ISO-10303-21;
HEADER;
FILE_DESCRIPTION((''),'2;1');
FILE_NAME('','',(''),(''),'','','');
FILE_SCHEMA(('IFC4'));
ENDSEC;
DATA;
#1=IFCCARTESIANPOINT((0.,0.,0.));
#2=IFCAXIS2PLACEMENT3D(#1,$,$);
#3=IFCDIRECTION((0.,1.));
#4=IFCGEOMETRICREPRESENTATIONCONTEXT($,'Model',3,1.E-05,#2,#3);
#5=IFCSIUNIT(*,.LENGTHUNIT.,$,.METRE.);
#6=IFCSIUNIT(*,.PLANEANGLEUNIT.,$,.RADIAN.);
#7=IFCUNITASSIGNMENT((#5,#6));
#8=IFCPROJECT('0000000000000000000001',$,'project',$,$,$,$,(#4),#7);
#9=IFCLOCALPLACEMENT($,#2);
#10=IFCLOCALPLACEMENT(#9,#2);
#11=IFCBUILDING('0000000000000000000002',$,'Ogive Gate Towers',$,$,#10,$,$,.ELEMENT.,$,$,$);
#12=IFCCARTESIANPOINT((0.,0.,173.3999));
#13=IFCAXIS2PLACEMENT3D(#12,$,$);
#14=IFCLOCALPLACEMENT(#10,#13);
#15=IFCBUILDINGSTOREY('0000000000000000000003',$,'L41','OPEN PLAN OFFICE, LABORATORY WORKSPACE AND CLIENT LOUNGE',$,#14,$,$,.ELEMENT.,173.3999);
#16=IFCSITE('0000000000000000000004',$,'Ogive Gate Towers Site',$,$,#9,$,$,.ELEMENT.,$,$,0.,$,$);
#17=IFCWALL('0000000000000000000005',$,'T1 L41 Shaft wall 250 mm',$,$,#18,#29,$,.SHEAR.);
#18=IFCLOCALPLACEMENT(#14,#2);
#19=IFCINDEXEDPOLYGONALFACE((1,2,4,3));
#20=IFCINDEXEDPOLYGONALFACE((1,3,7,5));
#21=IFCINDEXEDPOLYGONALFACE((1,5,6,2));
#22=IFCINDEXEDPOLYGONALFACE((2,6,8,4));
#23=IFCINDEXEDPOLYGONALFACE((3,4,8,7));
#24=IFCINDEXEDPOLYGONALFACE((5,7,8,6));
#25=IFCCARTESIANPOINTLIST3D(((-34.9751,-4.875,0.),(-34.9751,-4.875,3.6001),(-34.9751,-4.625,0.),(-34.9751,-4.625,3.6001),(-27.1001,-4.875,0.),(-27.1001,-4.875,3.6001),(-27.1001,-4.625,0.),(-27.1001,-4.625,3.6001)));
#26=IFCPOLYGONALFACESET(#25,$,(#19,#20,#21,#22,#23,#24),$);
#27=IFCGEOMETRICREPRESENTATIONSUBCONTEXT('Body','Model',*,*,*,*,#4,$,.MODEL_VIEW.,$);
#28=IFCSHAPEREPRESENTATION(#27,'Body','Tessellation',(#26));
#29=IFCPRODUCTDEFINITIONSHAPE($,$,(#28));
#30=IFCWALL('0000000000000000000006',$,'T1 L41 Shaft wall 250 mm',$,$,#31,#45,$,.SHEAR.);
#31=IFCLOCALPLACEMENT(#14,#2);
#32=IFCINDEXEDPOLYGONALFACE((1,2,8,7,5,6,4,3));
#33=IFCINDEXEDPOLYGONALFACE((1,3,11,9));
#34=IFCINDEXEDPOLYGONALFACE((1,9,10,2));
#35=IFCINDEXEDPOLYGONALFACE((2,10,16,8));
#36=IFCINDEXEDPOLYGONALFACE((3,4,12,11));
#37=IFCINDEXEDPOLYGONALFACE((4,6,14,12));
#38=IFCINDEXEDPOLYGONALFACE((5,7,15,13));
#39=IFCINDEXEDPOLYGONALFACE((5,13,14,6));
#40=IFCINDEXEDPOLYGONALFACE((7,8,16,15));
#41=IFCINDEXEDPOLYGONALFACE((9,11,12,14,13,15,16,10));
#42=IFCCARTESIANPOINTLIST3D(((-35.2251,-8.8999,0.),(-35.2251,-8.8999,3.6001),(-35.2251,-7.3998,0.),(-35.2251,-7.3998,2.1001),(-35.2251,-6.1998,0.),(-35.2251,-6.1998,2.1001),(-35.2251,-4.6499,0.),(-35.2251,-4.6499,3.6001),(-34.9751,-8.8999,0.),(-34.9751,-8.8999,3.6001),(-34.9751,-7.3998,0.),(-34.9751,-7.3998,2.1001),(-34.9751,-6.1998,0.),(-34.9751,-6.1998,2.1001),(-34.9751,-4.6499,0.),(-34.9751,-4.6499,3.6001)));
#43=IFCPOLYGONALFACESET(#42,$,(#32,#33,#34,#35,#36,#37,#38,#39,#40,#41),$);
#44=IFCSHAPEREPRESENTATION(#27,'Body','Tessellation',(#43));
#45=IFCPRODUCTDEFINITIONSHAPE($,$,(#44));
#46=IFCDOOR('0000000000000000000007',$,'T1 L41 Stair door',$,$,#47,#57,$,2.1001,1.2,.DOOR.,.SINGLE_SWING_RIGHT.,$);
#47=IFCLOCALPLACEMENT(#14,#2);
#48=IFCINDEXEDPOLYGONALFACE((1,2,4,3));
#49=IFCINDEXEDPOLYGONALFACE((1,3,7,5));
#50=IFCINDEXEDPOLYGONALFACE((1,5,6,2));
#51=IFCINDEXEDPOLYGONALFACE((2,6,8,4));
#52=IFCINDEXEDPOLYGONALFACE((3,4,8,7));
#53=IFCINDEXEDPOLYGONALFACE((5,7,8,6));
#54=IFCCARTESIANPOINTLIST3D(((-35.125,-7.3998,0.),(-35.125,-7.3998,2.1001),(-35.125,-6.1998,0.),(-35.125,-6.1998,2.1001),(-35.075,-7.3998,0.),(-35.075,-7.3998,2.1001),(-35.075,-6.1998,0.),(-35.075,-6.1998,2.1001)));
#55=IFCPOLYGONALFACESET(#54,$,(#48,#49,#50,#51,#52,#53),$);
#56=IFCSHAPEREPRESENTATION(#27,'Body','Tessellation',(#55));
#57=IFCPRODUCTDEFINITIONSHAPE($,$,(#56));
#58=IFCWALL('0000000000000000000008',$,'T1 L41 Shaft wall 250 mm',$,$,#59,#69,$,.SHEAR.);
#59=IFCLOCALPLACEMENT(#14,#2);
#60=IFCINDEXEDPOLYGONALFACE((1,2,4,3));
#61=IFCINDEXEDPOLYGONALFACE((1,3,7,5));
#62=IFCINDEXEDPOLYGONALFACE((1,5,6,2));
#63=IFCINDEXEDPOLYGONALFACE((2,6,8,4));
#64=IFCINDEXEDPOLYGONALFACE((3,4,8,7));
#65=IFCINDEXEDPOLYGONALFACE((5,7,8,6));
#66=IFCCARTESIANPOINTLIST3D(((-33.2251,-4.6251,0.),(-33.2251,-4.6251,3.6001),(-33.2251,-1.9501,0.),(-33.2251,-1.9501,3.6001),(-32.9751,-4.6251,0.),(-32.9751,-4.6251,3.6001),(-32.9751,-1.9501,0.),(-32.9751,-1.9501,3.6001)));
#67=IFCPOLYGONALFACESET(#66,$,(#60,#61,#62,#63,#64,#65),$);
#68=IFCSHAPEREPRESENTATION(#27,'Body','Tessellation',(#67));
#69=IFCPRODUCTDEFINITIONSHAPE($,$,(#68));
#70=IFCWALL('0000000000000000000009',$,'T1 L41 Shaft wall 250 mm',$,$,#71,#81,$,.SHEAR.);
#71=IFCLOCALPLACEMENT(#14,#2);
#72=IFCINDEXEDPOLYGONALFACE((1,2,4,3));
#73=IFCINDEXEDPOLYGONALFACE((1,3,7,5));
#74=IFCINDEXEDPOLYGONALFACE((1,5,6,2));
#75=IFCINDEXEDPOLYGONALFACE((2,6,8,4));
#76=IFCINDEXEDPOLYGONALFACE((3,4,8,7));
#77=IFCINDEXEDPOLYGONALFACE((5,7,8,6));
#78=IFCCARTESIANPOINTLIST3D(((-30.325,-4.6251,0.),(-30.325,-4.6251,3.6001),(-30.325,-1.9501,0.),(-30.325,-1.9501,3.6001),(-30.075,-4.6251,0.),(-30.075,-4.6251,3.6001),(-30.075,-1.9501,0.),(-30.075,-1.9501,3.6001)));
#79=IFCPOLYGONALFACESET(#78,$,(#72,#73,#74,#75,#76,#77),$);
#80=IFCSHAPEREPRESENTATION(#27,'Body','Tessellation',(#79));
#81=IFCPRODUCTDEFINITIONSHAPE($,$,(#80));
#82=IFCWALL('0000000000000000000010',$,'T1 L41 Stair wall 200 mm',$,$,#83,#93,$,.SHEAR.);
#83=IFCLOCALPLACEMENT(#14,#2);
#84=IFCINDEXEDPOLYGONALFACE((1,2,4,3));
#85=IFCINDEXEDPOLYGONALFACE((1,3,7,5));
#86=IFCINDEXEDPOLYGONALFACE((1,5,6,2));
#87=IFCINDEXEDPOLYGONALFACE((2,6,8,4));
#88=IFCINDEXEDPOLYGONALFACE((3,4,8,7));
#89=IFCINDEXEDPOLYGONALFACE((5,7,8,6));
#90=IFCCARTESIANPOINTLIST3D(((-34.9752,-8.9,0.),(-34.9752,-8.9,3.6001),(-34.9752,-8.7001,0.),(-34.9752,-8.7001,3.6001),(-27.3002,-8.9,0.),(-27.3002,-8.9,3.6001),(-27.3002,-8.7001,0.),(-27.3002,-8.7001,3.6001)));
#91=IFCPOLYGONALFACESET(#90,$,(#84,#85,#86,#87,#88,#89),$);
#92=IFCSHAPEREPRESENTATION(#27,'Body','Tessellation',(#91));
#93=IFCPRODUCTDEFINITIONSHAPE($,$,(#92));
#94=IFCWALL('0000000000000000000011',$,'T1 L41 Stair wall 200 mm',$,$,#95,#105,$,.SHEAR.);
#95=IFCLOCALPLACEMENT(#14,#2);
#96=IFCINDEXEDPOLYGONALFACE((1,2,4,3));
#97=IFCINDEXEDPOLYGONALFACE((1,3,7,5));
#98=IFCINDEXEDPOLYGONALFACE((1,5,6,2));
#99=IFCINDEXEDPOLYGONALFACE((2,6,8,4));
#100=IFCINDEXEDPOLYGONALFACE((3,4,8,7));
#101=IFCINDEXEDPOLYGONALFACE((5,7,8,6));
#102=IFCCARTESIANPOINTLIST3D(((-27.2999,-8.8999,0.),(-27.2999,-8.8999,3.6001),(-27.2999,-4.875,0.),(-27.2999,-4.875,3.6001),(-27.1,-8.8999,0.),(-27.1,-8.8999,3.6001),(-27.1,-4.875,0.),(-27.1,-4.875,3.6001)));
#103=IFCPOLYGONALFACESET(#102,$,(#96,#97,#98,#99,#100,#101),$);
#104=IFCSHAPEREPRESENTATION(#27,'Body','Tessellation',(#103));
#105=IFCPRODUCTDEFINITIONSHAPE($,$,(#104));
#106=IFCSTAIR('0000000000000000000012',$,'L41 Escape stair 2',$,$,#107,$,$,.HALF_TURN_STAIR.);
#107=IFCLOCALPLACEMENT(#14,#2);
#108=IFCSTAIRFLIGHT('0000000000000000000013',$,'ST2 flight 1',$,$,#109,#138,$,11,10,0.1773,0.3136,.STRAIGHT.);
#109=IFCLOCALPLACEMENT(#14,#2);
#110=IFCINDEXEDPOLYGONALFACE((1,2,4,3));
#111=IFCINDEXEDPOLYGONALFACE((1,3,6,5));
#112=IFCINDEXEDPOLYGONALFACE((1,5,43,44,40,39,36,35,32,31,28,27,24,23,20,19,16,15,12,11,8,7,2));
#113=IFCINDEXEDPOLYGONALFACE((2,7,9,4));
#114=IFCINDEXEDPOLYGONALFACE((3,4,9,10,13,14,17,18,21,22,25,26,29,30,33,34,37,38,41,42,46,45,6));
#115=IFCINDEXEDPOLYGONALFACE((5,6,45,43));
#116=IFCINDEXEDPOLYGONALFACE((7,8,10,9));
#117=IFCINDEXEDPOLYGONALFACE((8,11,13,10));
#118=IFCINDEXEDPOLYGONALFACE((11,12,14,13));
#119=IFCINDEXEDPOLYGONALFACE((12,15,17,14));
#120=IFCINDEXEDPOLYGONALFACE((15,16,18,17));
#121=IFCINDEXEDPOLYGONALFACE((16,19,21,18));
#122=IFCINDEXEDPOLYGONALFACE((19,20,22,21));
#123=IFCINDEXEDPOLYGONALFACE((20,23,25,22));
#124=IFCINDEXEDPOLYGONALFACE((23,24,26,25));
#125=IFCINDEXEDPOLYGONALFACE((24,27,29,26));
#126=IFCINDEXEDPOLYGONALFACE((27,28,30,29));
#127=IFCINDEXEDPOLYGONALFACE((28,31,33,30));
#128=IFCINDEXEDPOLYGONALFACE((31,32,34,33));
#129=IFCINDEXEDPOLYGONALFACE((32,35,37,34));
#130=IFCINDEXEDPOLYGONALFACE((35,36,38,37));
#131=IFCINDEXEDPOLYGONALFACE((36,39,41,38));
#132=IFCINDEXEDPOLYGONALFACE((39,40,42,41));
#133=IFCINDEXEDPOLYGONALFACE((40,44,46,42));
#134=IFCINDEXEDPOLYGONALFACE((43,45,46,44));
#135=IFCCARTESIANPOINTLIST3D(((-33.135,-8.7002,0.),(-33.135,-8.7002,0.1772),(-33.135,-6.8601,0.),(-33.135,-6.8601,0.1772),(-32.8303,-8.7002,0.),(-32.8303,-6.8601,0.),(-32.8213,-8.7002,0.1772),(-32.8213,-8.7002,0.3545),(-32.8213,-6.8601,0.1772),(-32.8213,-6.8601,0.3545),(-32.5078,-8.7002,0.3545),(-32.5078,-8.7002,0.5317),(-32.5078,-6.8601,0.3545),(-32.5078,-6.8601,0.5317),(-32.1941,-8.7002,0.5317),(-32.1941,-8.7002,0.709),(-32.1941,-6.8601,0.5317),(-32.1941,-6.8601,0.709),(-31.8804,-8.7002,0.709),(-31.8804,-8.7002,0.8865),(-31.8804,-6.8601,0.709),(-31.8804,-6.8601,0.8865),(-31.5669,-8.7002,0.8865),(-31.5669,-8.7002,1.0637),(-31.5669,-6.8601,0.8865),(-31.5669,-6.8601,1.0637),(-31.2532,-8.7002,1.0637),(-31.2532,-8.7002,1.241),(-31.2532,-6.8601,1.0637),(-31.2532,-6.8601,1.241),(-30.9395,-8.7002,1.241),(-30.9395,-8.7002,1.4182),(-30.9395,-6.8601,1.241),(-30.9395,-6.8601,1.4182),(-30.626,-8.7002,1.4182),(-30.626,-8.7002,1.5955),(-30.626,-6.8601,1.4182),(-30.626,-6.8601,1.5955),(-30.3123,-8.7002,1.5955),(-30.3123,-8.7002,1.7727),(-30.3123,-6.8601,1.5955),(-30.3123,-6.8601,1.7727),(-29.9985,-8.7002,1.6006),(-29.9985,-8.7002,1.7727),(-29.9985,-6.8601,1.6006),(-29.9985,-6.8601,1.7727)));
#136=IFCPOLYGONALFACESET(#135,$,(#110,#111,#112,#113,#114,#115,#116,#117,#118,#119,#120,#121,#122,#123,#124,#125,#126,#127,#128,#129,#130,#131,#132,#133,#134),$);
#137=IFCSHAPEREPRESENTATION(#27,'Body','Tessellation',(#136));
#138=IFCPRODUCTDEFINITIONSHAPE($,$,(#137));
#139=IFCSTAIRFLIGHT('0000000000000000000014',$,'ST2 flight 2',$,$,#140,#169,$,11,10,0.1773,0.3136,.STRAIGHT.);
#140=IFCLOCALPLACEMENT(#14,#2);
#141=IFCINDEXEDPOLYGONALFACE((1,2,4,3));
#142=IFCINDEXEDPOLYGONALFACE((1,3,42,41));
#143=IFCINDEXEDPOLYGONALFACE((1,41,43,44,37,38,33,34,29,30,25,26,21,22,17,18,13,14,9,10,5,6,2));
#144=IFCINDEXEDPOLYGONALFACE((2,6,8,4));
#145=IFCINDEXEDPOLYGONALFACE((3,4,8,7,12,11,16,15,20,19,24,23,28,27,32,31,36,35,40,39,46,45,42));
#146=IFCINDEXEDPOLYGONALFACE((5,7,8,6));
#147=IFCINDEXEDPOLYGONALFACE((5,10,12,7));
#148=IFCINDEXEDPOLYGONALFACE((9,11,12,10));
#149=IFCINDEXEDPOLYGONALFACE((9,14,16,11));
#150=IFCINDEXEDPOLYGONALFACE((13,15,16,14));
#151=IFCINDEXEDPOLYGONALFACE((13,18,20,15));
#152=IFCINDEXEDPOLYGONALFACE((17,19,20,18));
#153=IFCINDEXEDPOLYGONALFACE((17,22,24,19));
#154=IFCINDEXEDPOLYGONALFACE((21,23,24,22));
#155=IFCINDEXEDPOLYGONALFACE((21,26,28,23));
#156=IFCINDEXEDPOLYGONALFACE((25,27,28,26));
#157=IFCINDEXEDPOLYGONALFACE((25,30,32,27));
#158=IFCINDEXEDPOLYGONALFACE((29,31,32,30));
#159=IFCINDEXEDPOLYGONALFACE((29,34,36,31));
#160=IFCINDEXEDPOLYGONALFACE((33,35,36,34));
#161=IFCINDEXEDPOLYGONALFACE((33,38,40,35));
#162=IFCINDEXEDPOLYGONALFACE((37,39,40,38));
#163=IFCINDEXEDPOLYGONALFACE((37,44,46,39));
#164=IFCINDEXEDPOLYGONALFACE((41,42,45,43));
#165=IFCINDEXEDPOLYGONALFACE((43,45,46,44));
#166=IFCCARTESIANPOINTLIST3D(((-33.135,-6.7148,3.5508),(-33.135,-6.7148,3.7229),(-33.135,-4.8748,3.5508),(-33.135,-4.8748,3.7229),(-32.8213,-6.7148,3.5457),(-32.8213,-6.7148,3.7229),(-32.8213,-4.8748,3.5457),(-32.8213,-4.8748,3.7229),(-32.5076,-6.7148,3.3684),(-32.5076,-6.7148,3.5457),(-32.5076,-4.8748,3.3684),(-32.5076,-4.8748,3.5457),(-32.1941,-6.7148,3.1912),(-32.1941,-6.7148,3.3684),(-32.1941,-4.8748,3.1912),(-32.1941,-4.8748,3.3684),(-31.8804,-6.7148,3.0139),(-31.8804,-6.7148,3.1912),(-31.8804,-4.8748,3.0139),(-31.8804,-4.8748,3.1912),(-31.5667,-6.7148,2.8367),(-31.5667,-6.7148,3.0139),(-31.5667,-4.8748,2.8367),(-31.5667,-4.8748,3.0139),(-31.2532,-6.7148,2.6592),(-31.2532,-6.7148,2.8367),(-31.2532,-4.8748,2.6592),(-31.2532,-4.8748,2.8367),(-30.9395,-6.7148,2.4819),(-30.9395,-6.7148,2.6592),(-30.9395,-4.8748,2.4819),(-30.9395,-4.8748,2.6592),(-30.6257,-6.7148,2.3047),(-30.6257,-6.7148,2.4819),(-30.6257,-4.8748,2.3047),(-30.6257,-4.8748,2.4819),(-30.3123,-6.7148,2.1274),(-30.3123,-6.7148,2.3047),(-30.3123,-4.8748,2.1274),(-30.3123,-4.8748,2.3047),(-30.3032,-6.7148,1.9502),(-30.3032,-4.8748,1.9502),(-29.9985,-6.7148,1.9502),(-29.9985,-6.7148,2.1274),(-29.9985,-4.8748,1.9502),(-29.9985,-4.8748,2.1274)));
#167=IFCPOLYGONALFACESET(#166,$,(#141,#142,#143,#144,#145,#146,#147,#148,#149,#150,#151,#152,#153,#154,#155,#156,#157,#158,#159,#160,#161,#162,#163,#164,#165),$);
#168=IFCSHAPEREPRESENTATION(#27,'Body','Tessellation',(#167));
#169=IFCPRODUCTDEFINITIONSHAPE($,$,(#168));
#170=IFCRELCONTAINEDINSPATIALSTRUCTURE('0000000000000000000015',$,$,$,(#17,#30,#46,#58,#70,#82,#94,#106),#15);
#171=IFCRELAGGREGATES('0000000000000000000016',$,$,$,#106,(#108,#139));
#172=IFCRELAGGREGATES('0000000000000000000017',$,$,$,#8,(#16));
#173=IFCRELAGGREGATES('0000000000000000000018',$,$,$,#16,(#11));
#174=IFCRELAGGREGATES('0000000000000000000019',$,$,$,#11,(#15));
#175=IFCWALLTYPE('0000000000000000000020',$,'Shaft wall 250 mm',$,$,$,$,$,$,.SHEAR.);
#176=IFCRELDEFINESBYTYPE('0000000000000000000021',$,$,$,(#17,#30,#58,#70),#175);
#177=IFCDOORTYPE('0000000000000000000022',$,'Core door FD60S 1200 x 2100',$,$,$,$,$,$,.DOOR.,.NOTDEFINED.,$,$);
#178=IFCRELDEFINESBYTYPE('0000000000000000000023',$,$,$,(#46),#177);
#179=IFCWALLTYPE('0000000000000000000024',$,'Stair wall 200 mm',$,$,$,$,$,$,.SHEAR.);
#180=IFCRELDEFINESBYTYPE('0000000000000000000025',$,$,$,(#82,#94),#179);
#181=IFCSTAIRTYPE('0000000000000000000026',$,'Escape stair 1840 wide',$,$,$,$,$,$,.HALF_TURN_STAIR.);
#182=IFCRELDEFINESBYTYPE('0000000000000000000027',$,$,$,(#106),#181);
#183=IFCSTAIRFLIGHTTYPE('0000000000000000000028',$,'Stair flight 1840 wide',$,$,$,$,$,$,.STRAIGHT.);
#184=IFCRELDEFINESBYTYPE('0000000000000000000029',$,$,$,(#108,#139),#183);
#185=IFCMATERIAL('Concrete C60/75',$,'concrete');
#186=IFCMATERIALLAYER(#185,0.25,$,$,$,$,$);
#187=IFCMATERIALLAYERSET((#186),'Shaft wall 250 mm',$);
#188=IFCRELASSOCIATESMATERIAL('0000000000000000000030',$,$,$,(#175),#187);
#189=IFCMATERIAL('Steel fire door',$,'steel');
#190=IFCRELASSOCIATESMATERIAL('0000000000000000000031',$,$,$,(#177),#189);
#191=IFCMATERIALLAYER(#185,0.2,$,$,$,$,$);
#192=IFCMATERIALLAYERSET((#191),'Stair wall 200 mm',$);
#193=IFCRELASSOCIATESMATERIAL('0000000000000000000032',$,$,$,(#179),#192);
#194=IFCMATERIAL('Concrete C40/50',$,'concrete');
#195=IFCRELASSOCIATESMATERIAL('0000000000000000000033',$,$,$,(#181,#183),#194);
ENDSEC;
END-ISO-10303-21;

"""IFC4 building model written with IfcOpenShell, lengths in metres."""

from ifc_helpers import new_model, si_unit, direction, frame, frame_2d, origin, place, context, subcontext, project, spatial, polyline, rectangle, outline, extrude, material, layer, layer_set, type_object, element, fill, aggregate, save


model = new_model("IFC4")

# Units and contexts
model_context = context("Model", 3, precision=1e-05, world=origin(), true_north=direction((0.0, 1.0)))
body_context = subcontext(model_context, "Body", "Model", "MODEL_VIEW")
ifc_project = project(units=[si_unit("LENGTHUNIT", "METRE"), si_unit("PLANEANGLEUNIT", "RADIAN")], contexts=[model_context])

# Site, building, storey
site_placement = place(None, origin())
site = spatial("IfcSite", under=ifc_project, at=site_placement, Name="Ogive Gate Towers Site", CompositionType="ELEMENT", RefElevation=0.0)
building_placement = place(site_placement, origin())
building = spatial("IfcBuilding", under=site, at=building_placement, Name="Ogive Gate Towers", CompositionType="ELEMENT")
storey_placement = place(building_placement, frame((0.0, 0.0, 173.3999)))
storey = spatial("IfcBuildingStorey", under=building, at=storey_placement, Name="L41", Description="OPEN PLAN OFFICE, LABORATORY WORKSPACE AND CLIENT LOUNGE", CompositionType="ELEMENT", Elevation=173.3999)

# Shared definitions
ifc_material_1 = material(Name="Concrete C60/75", Category="concrete")
ifc_material_2 = material(Name="Steel fire door", Category="steel")

# Wall
ifc_layer_1 = layer(ifc_material_1, 0.25)
ifc_layer_set_1 = layer_set([ifc_layer_1], Name="Shaft wall 250 mm")
wall_type_1 = type_object("IfcWallType", Name="Shaft wall 250 mm", PredefinedType="SHEAR", material=ifc_layer_set_1)
wall_1_placement = place(storey_placement, frame((-34.9751, -4.75, 0.0), z_axis=(0.0, 0.0, 1.0), x_axis=(1.0, 0.0, 0.0)))
element("IfcWall", 1, at=wall_1_placement, inside=storey, type_object=wall_type_1, Name="T1 L41 Shaft wall 250 mm", PredefinedType="SHEAR", context=body_context, shape_type="SweptSolid", body=[
    extrude(rectangle(XDim=7.875, YDim=0.25, at=frame_2d((3.9375, 0.0))), origin(), (0.0, 0.0, 1.0), 3.6001),
])

# Wall, opening, door
wall_2_placement = place(storey_placement, frame((-35.1001, -8.8999, 0.0), z_axis=(0.0, 0.0, 1.0), x_axis=(0.0, 1.0, 0.0)))
wall_2 = element("IfcWall", 2, at=wall_2_placement, inside=storey, type_object=wall_type_1, Name="T1 L41 Shaft wall 250 mm", PredefinedType="SHEAR", context=body_context, shape_type="SweptSolid", body=[
    extrude(rectangle(XDim=4.25, YDim=0.25, at=frame_2d((2.125, 0.0))), origin(), (0.0, 0.0, 1.0), 3.6001),
])
opening_1_placement = place(wall_2_placement, frame((1.5, 0.0, 0.0)))
opening_1 = element("IfcOpeningElement", 3, at=opening_1_placement, cuts=wall_2, PredefinedType="OPENING", context=body_context, shape_type="SweptSolid", body=[
    extrude(rectangle(XDim=1.2, YDim=2.1001, at=frame_2d((0.6001, 1.05))), frame((0.0, 0.135, 0.0), z_axis=(0.0, -1.0, 0.0), x_axis=(1.0, 0.0, 0.0)), (0.0, 0.0, 1.0), 0.27),
])
door_type_1 = type_object("IfcDoorType", Name="Core door FD60S 1200 x 2100", OperationType="NOTDEFINED", PredefinedType="DOOR", material=ifc_material_2)
door_1_placement = place(opening_1_placement, origin())
door_1 = element("IfcDoor", 4, at=door_1_placement, inside=storey, type_object=door_type_1, Name="T1 L41 Stair door", OperationType="SINGLE_SWING_RIGHT", OverallHeight=2.1001, OverallWidth=1.2, PredefinedType="DOOR", context=body_context, shape_type="SweptSolid", body=[
    extrude(rectangle(XDim=1.2, YDim=2.1001, at=frame_2d((0.6001, 1.05))), frame((0.0, 0.0249, 0.0), z_axis=(0.0, -1.0, 0.0), x_axis=(1.0, 0.0, 0.0)), (0.0, 0.0, 1.0), 0.05),
])
fill(opening_1, door_1)

# Walls
for number, where, z_axis, x_axis, name in (
    (5, (-33.1001, -4.625, 0.0), (0.0, 0.0, 1.0), (0.0, 1.0, 0.0), "T1 L41 Shaft wall 250 mm"),
    (6, (-30.2, -4.625, 0.0), (0.0, 0.0, 1.0), (0.0, 1.0, 0.0), "T1 L41 Shaft wall 250 mm"),
):
    element("IfcWall", number, at=place(storey_placement, frame(where, z_axis=z_axis, x_axis=x_axis)), inside=storey, type_object=wall_type_1, Name=name, PredefinedType="SHEAR", context=body_context, shape_type="SweptSolid", body=[
        extrude(rectangle(XDim=2.675, YDim=0.25, at=frame_2d((1.3374, 0.0))), origin(), (0.0, 0.0, 1.0), 3.6001),
    ])
ifc_layer_2 = layer(ifc_material_1, 0.2)
ifc_layer_set_2 = layer_set([ifc_layer_2], Name="Stair wall 200 mm")
wall_type_2 = type_object("IfcWallType", Name="Stair wall 200 mm", PredefinedType="SHEAR", material=ifc_layer_set_2)
wall_3_placement = place(storey_placement, frame((-34.9751, -8.8, 0.0), z_axis=(0.0, 0.0, 1.0), x_axis=(1.0, 0.0, 0.0)))
element("IfcWall", 7, at=wall_3_placement, inside=storey, type_object=wall_type_2, Name="T1 L41 Stair wall 200 mm", PredefinedType="SHEAR", context=body_context, shape_type="SweptSolid", body=[
    extrude(rectangle(XDim=7.675, YDim=0.2, at=frame_2d((3.8374, 0.0))), origin(), (0.0, 0.0, 1.0), 3.6001),
])
wall_4_placement = place(storey_placement, frame((-27.2, -8.8999, 0.0), z_axis=(0.0, 0.0, 1.0), x_axis=(0.0, 1.0, 0.0)))
element("IfcWall", 8, at=wall_4_placement, inside=storey, type_object=wall_type_2, Name="T1 L41 Stair wall 200 mm", PredefinedType="SHEAR", context=body_context, shape_type="SweptSolid", body=[
    extrude(rectangle(XDim=4.0249, YDim=0.2, at=frame_2d((2.0125, 0.0))), origin(), (0.0, 0.0, 1.0), 3.6001),
])

# Stair, stair flights
ifc_material_3 = material(Name="Concrete C40/50", Category="concrete")
stair_type = type_object("IfcStairType", Name="Escape stair 1840 wide", PredefinedType="HALF_TURN_STAIR", material=ifc_material_3)
stair_placement = place(storey_placement, origin())
stair = element("IfcStair", 9, at=stair_placement, inside=storey, type_object=stair_type, Name="L41 Escape stair 2", PredefinedType="HALF_TURN_STAIR")
stair_flight_type = type_object("IfcStairFlightType", Name="Stair flight 1840 wide", PredefinedType="STRAIGHT", material=ifc_material_3)
stair_flight_1_placement = place(storey_placement, frame((-33.135, -7.78, 0.0), z_axis=(0.0, 0.0, 1.0), x_axis=(1.0, 0.0, 0.0)))
stair_flight_1 = element("IfcStairFlight", 10, at=stair_flight_1_placement, type_object=stair_flight_type, Name="ST2 flight 1", NumberOfRisers=11, NumberOfTreads=10, PredefinedType="STRAIGHT", RiserHeight=0.1773, TreadLength=0.3136, context=body_context, shape_type="SweptSolid", body=[
    extrude(outline(polyline([(0.0, 0.0), (0.0, 0.1772), (0.3137, 0.1772), (0.3137, 0.3545), (0.6272, 0.3545), (0.6272, 0.5317), (0.9409, 0.5317), (0.9409, 0.709), (1.2546, 0.709), (1.2546, 0.8865), (1.5681, 0.8865), (1.5681, 1.0637), (1.8818, 1.0637), (1.8818, 1.241), (2.1956, 1.241), (2.1956, 1.4182), (2.509, 1.4182), (2.509, 1.5955), (2.8228, 1.5955), (2.8228, 1.7727), (3.1365, 1.7727), (3.1365, 1.95), (3.1365, 1.6006), (0.3047, 0.0), (0.0, 0.0)])), frame((0.0, 0.9199, 0.0), z_axis=(0.0, -1.0, 0.0), x_axis=(1.0, 0.0, 0.0)), (0.0, 0.0, 1.0), 1.8401),
])
stair_flight_2_placement = place(storey_placement, frame((-29.9985, -5.7949, 1.9502), z_axis=(0.0, 0.0, 1.0), x_axis=(-1.0, 0.0, 0.0)))
stair_flight_2 = element("IfcStairFlight", 11, at=stair_flight_2_placement, type_object=stair_flight_type, Name="ST2 flight 2", NumberOfRisers=11, NumberOfTreads=10, PredefinedType="STRAIGHT", RiserHeight=0.1773, TreadLength=0.3136, context=body_context, shape_type="SweptSolid", body=[
    extrude(outline(polyline([(0.0, 0.0), (0.0, 0.1772), (0.3137, 0.1772), (0.3137, 0.3545), (0.6272, 0.3545), (0.6272, 0.5317), (0.9409, 0.5317), (0.9409, 0.709), (1.2546, 0.709), (1.2546, 0.8865), (1.5681, 0.8865), (1.5681, 1.0637), (1.8818, 1.0637), (1.8818, 1.241), (2.1956, 1.241), (2.1956, 1.4182), (2.509, 1.4182), (2.509, 1.5955), (2.8228, 1.5955), (2.8228, 1.7727), (3.1365, 1.7727), (3.1365, 1.95), (3.1365, 1.6006), (0.3047, 0.0), (0.0, 0.0)])), frame((0.0, 0.9199, 0.0), z_axis=(0.0, -1.0, 0.0), x_axis=(1.0, 0.0, 0.0)), (0.0, 0.0, 1.0), 1.8401),
])
aggregate(stair, [stair_flight_1, stair_flight_2])

save(model, "model.ifc")
